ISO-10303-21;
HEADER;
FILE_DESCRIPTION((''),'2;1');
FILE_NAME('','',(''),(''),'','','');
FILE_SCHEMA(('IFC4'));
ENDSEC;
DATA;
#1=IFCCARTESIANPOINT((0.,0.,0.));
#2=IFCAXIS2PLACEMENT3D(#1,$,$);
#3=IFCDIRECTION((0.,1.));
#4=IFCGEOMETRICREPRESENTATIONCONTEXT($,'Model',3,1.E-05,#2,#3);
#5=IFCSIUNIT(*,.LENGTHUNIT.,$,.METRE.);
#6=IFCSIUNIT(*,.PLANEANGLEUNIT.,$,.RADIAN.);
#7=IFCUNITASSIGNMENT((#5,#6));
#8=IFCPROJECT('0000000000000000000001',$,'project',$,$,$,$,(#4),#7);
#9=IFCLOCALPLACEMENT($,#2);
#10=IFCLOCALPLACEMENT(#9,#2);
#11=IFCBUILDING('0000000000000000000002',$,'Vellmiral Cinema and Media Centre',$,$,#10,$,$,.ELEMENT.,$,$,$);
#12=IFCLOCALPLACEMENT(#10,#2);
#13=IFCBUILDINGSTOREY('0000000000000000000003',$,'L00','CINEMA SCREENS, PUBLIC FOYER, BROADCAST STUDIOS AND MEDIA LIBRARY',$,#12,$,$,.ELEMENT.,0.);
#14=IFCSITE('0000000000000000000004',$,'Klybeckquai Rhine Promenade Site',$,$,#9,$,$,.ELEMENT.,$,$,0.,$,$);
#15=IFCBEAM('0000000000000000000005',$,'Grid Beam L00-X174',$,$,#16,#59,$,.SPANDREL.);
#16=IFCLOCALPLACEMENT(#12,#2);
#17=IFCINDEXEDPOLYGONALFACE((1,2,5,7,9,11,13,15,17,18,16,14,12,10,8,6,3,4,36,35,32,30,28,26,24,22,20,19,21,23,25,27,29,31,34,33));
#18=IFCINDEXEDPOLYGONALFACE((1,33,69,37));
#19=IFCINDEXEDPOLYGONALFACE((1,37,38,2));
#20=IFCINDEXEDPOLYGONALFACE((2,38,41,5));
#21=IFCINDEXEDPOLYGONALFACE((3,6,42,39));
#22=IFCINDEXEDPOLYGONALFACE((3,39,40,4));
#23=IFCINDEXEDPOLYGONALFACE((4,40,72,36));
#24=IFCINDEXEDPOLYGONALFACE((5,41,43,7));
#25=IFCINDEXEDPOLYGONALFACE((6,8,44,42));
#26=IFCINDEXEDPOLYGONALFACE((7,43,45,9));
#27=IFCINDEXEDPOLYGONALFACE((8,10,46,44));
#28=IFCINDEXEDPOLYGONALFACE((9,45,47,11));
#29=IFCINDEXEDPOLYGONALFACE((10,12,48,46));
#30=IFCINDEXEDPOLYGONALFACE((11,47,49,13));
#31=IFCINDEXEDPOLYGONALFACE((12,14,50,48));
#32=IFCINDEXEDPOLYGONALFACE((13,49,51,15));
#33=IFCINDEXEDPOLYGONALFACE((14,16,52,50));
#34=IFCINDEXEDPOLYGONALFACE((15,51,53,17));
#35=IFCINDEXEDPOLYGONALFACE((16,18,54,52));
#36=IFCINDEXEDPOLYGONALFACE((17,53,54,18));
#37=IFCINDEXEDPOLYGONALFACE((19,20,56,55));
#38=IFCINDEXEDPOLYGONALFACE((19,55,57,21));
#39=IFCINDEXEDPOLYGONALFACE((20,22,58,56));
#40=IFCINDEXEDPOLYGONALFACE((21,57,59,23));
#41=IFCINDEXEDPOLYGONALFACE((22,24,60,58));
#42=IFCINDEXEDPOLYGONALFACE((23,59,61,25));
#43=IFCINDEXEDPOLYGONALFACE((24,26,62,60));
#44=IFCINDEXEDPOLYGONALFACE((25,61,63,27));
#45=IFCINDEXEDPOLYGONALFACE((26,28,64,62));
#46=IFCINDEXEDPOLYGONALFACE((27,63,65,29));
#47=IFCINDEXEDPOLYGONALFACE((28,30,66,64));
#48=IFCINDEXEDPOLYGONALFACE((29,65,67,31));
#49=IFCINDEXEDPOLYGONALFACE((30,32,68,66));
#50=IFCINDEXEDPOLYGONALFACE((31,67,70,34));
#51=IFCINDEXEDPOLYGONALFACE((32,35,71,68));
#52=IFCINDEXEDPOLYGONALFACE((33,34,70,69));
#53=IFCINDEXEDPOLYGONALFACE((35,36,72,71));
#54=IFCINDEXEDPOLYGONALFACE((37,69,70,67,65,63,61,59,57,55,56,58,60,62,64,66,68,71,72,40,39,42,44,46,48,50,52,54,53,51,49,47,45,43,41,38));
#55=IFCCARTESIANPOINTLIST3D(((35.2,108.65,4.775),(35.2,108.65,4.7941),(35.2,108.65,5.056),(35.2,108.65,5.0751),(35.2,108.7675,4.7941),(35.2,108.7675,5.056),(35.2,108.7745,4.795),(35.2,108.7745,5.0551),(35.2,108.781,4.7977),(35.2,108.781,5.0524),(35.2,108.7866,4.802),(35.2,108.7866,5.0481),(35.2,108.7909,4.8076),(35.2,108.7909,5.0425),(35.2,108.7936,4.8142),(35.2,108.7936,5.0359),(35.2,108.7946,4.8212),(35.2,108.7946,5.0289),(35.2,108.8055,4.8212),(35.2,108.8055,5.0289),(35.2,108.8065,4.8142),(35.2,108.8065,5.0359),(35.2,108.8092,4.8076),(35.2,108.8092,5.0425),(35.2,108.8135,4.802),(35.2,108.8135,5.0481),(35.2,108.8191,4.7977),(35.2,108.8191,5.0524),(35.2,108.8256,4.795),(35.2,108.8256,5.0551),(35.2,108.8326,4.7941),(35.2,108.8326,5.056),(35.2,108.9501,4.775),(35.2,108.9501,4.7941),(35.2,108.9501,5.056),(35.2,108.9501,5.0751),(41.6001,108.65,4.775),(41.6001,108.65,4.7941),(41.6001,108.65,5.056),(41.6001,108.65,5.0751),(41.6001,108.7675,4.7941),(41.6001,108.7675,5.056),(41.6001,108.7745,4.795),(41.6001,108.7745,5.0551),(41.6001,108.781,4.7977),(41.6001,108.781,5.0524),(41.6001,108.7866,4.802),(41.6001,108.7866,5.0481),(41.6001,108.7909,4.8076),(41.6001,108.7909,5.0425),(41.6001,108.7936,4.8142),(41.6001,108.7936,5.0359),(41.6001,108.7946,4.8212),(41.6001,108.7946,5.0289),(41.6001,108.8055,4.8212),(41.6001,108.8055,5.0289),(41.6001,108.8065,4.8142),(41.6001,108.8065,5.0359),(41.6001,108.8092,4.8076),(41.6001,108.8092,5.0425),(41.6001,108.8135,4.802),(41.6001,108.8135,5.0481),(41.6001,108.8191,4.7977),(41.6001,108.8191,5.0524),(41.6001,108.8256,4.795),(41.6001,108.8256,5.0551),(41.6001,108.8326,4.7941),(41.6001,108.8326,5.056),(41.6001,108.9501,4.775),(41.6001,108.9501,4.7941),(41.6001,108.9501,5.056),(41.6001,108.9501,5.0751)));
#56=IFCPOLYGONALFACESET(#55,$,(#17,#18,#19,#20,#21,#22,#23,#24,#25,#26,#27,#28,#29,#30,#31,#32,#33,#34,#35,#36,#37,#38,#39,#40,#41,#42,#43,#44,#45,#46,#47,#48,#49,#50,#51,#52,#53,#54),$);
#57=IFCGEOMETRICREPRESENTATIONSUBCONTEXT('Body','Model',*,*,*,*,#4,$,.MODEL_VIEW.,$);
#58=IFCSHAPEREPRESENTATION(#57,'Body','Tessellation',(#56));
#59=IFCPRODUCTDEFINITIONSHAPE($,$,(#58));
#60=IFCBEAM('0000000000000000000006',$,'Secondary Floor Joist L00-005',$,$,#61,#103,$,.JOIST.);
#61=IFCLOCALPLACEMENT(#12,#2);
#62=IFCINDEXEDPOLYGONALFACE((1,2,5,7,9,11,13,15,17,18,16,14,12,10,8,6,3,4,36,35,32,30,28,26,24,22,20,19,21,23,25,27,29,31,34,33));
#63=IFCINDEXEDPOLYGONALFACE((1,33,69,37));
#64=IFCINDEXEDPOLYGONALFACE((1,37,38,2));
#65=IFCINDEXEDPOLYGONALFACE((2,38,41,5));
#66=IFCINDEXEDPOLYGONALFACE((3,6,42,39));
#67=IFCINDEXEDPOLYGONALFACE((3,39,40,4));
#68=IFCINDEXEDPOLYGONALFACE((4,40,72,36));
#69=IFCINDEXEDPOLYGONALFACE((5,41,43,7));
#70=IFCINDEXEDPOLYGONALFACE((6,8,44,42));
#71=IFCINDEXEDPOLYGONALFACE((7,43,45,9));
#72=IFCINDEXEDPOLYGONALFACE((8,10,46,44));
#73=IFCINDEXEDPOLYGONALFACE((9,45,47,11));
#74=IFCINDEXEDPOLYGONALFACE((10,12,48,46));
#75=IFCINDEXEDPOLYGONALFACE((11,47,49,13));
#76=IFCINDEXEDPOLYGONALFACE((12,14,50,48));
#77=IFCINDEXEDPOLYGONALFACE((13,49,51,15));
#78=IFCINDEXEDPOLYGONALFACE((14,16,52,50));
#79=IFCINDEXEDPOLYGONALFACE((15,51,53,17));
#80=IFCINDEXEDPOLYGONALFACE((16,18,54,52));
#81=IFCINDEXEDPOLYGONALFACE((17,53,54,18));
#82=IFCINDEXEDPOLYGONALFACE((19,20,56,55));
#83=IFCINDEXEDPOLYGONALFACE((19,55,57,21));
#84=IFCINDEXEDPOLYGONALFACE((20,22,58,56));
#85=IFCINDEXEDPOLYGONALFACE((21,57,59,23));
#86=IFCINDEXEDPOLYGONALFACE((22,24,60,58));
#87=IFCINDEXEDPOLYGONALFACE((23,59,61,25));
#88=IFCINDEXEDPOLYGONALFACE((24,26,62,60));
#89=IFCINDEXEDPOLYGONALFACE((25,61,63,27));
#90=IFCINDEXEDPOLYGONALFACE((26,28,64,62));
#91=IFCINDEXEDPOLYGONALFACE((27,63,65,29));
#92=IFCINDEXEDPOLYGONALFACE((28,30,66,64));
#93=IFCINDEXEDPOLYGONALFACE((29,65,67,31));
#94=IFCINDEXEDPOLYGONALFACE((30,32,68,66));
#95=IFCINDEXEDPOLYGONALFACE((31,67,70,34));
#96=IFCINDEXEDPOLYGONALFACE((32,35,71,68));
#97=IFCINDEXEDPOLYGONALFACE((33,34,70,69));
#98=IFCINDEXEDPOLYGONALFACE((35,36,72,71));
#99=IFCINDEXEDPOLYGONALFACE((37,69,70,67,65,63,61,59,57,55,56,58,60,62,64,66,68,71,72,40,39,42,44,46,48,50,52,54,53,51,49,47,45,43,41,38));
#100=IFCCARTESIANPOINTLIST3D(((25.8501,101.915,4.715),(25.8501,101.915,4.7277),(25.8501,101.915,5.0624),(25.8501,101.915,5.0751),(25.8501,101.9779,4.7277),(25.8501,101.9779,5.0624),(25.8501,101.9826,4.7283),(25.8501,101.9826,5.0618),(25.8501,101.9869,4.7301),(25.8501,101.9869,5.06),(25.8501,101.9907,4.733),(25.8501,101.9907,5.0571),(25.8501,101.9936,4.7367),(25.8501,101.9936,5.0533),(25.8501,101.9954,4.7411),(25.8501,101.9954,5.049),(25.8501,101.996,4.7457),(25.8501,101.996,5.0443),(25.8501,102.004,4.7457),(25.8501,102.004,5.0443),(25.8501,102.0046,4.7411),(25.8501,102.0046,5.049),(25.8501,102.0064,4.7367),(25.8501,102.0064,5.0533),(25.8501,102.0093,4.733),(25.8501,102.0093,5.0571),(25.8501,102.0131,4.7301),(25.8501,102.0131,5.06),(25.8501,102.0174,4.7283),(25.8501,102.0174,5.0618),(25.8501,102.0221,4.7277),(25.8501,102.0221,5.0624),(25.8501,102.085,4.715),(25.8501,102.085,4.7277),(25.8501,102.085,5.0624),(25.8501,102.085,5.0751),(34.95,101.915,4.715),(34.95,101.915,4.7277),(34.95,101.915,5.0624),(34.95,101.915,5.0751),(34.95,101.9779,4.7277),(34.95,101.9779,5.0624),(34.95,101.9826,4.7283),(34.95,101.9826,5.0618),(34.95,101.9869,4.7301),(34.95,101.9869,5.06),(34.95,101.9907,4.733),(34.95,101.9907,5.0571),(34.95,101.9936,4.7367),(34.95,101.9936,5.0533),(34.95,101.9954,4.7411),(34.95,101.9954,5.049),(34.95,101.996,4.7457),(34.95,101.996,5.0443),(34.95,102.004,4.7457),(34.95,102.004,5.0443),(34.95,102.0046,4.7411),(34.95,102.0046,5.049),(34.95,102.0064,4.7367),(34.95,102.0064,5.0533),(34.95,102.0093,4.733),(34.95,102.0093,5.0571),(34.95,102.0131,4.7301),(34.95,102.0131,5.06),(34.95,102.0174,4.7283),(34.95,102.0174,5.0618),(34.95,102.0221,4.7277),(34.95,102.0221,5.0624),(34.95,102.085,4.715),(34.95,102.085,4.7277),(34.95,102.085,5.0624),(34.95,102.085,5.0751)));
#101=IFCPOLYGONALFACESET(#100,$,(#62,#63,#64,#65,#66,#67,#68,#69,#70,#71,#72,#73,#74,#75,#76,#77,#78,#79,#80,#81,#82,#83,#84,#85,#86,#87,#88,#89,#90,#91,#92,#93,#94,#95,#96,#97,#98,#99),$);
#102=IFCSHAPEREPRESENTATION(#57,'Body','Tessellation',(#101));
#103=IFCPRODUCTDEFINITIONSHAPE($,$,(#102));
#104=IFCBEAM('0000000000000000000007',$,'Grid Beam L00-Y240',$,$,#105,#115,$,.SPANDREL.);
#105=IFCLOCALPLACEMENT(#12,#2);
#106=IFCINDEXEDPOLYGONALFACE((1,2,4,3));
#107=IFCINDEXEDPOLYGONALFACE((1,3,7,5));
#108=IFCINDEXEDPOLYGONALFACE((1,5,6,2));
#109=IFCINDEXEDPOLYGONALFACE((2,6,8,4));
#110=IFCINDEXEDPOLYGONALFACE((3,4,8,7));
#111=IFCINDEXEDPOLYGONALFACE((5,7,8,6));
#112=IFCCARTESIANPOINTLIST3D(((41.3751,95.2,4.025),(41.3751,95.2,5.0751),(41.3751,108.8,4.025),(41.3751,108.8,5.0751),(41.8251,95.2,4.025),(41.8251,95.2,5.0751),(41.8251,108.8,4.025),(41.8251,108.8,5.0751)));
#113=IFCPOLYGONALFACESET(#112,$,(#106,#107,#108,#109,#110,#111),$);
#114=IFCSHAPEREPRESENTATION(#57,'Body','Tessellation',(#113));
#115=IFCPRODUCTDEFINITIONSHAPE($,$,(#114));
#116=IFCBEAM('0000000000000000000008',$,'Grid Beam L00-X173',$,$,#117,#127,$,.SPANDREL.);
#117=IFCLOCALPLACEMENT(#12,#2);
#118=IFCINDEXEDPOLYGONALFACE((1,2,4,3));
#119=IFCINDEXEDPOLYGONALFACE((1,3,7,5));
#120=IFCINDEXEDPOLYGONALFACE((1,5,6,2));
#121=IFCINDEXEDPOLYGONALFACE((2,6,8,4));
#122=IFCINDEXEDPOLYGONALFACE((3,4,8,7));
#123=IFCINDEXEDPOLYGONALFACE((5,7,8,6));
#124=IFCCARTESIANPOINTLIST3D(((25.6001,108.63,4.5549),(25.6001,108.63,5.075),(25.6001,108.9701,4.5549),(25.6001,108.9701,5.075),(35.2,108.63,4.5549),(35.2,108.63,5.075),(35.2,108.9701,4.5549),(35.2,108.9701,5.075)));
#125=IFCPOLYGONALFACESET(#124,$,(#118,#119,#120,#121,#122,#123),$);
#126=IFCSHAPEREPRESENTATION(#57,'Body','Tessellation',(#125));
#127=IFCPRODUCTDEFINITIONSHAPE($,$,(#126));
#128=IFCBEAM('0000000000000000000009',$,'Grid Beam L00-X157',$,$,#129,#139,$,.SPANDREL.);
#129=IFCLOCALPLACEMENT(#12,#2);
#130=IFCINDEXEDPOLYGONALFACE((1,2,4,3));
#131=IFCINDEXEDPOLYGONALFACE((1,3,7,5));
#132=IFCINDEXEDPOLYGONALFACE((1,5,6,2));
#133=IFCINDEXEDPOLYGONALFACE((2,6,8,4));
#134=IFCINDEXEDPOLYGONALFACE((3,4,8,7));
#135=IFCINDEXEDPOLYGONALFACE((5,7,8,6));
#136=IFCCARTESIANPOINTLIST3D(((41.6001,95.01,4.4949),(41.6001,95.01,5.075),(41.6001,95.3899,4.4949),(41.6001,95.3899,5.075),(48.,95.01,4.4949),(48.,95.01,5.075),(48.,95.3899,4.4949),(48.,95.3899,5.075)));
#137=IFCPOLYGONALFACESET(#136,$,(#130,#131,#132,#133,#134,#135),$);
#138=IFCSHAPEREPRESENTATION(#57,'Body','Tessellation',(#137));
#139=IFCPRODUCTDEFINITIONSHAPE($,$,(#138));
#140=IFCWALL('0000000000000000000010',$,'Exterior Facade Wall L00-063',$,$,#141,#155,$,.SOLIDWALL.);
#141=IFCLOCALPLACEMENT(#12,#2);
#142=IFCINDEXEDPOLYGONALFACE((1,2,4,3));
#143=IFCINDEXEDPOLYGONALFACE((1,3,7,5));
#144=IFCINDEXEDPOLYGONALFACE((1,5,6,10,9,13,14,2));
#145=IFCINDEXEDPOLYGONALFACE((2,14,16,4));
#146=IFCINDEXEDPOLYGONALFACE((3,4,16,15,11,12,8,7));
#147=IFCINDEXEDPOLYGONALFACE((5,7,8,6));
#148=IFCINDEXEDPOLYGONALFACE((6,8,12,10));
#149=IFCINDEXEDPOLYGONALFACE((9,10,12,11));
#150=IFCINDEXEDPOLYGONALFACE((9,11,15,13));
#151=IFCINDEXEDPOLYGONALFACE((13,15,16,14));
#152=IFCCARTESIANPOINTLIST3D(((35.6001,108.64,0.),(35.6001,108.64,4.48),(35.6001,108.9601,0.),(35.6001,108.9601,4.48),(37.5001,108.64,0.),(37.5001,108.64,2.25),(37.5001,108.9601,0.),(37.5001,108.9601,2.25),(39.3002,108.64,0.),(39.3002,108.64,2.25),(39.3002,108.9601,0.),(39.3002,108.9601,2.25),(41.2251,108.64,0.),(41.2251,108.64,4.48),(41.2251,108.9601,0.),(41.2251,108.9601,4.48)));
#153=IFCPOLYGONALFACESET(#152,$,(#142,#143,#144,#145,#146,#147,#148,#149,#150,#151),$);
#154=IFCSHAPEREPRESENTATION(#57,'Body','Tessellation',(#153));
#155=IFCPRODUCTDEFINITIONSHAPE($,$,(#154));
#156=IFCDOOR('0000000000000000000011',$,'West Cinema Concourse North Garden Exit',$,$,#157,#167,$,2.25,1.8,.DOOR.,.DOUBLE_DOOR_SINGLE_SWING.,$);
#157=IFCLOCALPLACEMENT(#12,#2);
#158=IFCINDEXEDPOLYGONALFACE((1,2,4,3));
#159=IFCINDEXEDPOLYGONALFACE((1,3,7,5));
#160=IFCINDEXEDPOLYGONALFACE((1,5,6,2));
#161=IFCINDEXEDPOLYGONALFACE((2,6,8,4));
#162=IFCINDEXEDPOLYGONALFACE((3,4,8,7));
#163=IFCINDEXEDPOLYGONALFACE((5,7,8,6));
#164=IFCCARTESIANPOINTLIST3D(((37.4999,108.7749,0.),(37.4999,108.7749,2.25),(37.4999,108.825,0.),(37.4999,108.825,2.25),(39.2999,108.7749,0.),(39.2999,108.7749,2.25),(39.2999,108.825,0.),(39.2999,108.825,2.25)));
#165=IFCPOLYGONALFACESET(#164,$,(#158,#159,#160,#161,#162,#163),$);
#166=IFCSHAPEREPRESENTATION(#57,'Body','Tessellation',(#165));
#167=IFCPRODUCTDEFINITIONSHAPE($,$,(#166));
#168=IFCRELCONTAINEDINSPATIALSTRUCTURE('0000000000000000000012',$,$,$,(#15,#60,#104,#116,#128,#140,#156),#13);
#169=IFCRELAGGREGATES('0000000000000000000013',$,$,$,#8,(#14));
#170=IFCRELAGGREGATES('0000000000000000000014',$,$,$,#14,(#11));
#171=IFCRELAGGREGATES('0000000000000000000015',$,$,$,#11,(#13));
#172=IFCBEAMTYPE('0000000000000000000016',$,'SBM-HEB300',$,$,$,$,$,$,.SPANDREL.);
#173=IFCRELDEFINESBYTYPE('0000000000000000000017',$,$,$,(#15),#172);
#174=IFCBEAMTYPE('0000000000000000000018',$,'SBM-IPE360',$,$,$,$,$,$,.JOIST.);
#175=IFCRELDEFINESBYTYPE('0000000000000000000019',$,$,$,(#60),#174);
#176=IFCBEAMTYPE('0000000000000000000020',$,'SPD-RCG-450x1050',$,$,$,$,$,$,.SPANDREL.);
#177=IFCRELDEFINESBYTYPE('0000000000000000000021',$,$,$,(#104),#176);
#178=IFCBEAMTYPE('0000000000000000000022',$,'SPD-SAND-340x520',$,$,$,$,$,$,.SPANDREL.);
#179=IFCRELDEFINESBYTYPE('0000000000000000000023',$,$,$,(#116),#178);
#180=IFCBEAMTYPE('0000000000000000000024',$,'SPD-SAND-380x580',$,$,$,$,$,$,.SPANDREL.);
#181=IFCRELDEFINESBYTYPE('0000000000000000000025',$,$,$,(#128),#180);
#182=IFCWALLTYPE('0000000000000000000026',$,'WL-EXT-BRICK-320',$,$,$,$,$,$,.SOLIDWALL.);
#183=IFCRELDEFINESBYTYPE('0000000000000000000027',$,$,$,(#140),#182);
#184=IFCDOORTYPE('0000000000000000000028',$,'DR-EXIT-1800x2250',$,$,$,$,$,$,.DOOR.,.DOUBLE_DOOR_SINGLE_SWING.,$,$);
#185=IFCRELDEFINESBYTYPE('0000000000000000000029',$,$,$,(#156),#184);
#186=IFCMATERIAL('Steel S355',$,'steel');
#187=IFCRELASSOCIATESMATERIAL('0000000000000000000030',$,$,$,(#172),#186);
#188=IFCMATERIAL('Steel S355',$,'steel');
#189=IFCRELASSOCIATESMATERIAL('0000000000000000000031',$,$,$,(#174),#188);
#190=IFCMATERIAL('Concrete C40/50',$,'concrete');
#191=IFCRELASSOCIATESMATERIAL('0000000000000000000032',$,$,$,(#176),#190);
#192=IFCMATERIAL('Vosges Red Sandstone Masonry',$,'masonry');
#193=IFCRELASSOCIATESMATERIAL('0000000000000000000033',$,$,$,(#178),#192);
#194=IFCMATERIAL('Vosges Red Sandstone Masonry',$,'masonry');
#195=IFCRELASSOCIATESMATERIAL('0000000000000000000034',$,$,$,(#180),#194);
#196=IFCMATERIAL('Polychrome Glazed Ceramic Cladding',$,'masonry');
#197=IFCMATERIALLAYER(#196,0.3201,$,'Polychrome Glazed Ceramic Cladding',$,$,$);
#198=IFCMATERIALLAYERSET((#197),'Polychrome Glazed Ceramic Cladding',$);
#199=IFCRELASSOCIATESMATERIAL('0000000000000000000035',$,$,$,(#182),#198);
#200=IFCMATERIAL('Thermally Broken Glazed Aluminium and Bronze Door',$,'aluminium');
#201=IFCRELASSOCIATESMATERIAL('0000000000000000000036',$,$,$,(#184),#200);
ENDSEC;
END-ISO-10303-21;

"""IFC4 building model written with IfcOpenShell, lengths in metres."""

from ifc_helpers import new_model, si_unit, direction, frame, frame_2d, origin, origin_2d, place, context, subcontext, project, spatial, rectangle, i_section, extrude, material, layer, layer_set, material_profile, profile_set, type_object, element, fill, save


model = new_model("IFC4")

# Units and contexts
model_context = context("Model", 3, precision=1e-05, world=origin(), true_north=direction((0.0, 1.0)))
body_context = subcontext(model_context, "Body", "Model", "MODEL_VIEW")
ifc_project = project(units=[si_unit("LENGTHUNIT", "METRE"), si_unit("PLANEANGLEUNIT", "RADIAN")], contexts=[model_context])

# Site, building, storey
site_placement = place(None, origin())
site = spatial("IfcSite", under=ifc_project, at=site_placement, Name="Klybeckquai Rhine Promenade Site", CompositionType="ELEMENT", RefElevation=0.0)
building_placement = place(site_placement, origin())
building = spatial("IfcBuilding", under=site, at=building_placement, Name="Vellmiral Cinema and Media Centre", CompositionType="ELEMENT")
storey_placement = place(building_placement, origin())
storey = spatial("IfcBuildingStorey", under=building, at=storey_placement, Name="L00", Description="CINEMA SCREENS, PUBLIC FOYER, BROADCAST STUDIOS AND MEDIA LIBRARY", CompositionType="ELEMENT", Elevation=0.0)

# Beams
ifc_material_1 = material(Name="Steel S355", Category="steel")
ifc_material_profile_1 = material_profile(ifc_material_1, i_section(OverallWidth=0.3, OverallDepth=0.3, WebThickness=0.011, FlangeThickness=0.019, FilletRadius=0.0271, at=origin_2d()), Name="HEB 300")
ifc_profile_set_1 = profile_set([ifc_material_profile_1], Name="Steel S355")
beam_type_1 = type_object("IfcBeamType", Name="SBM-HEB300", PredefinedType="SPANDREL", material=ifc_profile_set_1)
beam_1_placement = place(storey_placement, frame((35.2, 108.8, 4.925), z_axis=(1.0, 0.0, 0.0), x_axis=(0.0, 1.0, 0.0)))
element("IfcBeam", 1, at=beam_1_placement, inside=storey, type_object=beam_type_1, Name="Grid Beam L00-X174", PredefinedType="SPANDREL", context=body_context, shape_type="SweptSolid", body=[
    extrude(i_section(OverallWidth=0.3, OverallDepth=0.3, WebThickness=0.011, FlangeThickness=0.019, FilletRadius=0.0271, at=origin_2d()), origin(), (0.0, 0.0, 1.0), 6.4001),
])
ifc_material_2 = material(Name="Steel S355", Category="steel")
ifc_material_profile_2 = material_profile(ifc_material_2, i_section(OverallWidth=0.1699, OverallDepth=0.3601, WebThickness=0.0081, FlangeThickness=0.0127, FilletRadius=0.0181, at=origin_2d()), Name="IPE 360")
ifc_profile_set_2 = profile_set([ifc_material_profile_2], Name="Steel S355")
beam_type_2 = type_object("IfcBeamType", Name="SBM-IPE360", PredefinedType="JOIST", material=ifc_profile_set_2)
beam_2_placement = place(storey_placement, frame((25.8501, 102.0, 4.895), z_axis=(1.0, 0.0, 0.0), x_axis=(0.0, 1.0, 0.0)))
element("IfcBeam", 2, at=beam_2_placement, inside=storey, type_object=beam_type_2, Name="Secondary Floor Joist L00-005", PredefinedType="JOIST", context=body_context, shape_type="SweptSolid", body=[
    extrude(i_section(OverallWidth=0.1699, OverallDepth=0.3601, WebThickness=0.0081, FlangeThickness=0.0127, FilletRadius=0.0181, at=origin_2d()), origin(), (0.0, 0.0, 1.0), 9.0999),
])
ifc_material_3 = material(Name="Concrete C40/50", Category="concrete")
ifc_material_profile_3 = material_profile(ifc_material_3, rectangle(XDim=0.45, YDim=1.05, at=origin_2d()), Name="RC 450x1050")
ifc_profile_set_3 = profile_set([ifc_material_profile_3], Name="Concrete C40/50")
beam_type_3 = type_object("IfcBeamType", Name="SPD-RCG-450x1050", PredefinedType="SPANDREL", material=ifc_profile_set_3)
beam_3_placement = place(storey_placement, frame((41.6001, 95.2, 4.55), z_axis=(0.0, 1.0, 0.0), x_axis=(-1.0, 0.0, 0.0)))
element("IfcBeam", 3, at=beam_3_placement, inside=storey, type_object=beam_type_3, Name="Grid Beam L00-Y240", PredefinedType="SPANDREL", context=body_context, shape_type="SweptSolid", body=[
    extrude(rectangle(XDim=0.45, YDim=1.05, at=origin_2d()), origin(), (0.0, 0.0, 1.0), 13.6001),
])
ifc_material_4 = material(Name="Vosges Red Sandstone Masonry", Category="masonry")
ifc_material_profile_4 = material_profile(ifc_material_4, rectangle(XDim=0.3401, YDim=0.52, at=origin_2d()), Name="SAND 340x520")
ifc_profile_set_4 = profile_set([ifc_material_profile_4], Name="Vosges Red Sandstone Masonry")
beam_type_4 = type_object("IfcBeamType", Name="SPD-SAND-340x520", PredefinedType="SPANDREL", material=ifc_profile_set_4)
beam_4_placement = place(storey_placement, frame((25.6001, 108.8, 4.8149), z_axis=(1.0, 0.0, 0.0), x_axis=(0.0, 1.0, 0.0)))
element("IfcBeam", 4, at=beam_4_placement, inside=storey, type_object=beam_type_4, Name="Grid Beam L00-X173", PredefinedType="SPANDREL", context=body_context, shape_type="SweptSolid", body=[
    extrude(rectangle(XDim=0.3401, YDim=0.52, at=origin_2d()), origin(), (0.0, 0.0, 1.0), 9.5999),
])
ifc_material_5 = material(Name="Vosges Red Sandstone Masonry", Category="masonry")
ifc_material_profile_5 = material_profile(ifc_material_5, rectangle(XDim=0.3799, YDim=0.5801, at=origin_2d()), Name="SAND 380x580")
ifc_profile_set_5 = profile_set([ifc_material_profile_5], Name="Vosges Red Sandstone Masonry")
beam_type_5 = type_object("IfcBeamType", Name="SPD-SAND-380x580", PredefinedType="SPANDREL", material=ifc_profile_set_5)
beam_5_placement = place(storey_placement, frame((41.6001, 95.2, 4.7849), z_axis=(1.0, 0.0, 0.0), x_axis=(0.0, 1.0, 0.0)))
element("IfcBeam", 5, at=beam_5_placement, inside=storey, type_object=beam_type_5, Name="Grid Beam L00-X157", PredefinedType="SPANDREL", context=body_context, shape_type="SweptSolid", body=[
    extrude(rectangle(XDim=0.3799, YDim=0.5801, at=origin_2d()), origin(), (0.0, 0.0, 1.0), 6.3999),
])

# Wall, opening, door
ifc_material_6 = material(Name="Polychrome Glazed Ceramic Cladding", Category="masonry")
ifc_layer_1 = layer(ifc_material_6, 0.3201, Name="Polychrome Glazed Ceramic Cladding")
ifc_layer_set_1 = layer_set([ifc_layer_1], Name="Polychrome Glazed Ceramic Cladding")
wall_type_1 = type_object("IfcWallType", Name="WL-EXT-BRICK-320", PredefinedType="SOLIDWALL", material=ifc_layer_set_1)
wall_1_placement = place(storey_placement, frame((41.2251, 108.8, 0.0), z_axis=(0.0, 0.0, 1.0), x_axis=(-1.0, 0.0, 0.0)))
wall_1 = element("IfcWall", 6, at=wall_1_placement, inside=storey, type_object=wall_type_1, Name="Exterior Facade Wall L00-063", PredefinedType="SOLIDWALL", context=body_context, shape_type="SweptSolid", body=[
    extrude(rectangle(XDim=5.625, YDim=0.3201, at=frame_2d((2.8125, 0.0))), origin(), (0.0, 0.0, 1.0), 4.48),
])
opening_1_placement = place(wall_1_placement, frame((1.925, 0.0, 0.0)))
opening_1 = element("IfcOpeningElement", 7, at=opening_1_placement, cuts=wall_1, PredefinedType="OPENING", context=body_context, shape_type="SweptSolid", body=[
    extrude(rectangle(XDim=1.8, YDim=2.25, at=frame_2d((0.8999, 1.125))), frame((0.0, 0.1719, 0.0), z_axis=(0.0, -1.0, 0.0), x_axis=(1.0, 0.0, 0.0)), (0.0, 0.0, 1.0), 0.344),
])
ifc_material_7 = material(Name="Thermally Broken Glazed Aluminium and Bronze Door", Category="aluminium")
door_type = type_object("IfcDoorType", Name="DR-EXIT-1800x2250", OperationType="DOUBLE_DOOR_SINGLE_SWING", PredefinedType="DOOR", material=ifc_material_7)
door_placement = place(opening_1_placement, frame((1.8, 0.0, 0.0), z_axis=(0.0, 0.0, 1.0), x_axis=(-1.0, 0.0, 0.0)))
door = element("IfcDoor", 8, at=door_placement, inside=storey, type_object=door_type, Name="West Cinema Concourse North Garden Exit", OperationType="DOUBLE_DOOR_SINGLE_SWING", OverallHeight=2.25, OverallWidth=1.8, PredefinedType="DOOR", context=body_context, shape_type="SweptSolid", body=[
    extrude(rectangle(XDim=1.8, YDim=2.25, at=frame_2d((0.8999, 1.125))), frame((0.0, 0.0249, 0.0), z_axis=(0.0, -1.0, 0.0), x_axis=(1.0, 0.0, 0.0)), (0.0, 0.0, 1.0), 0.05),
])
fill(opening_1, door)

save(model, "model.ifc")
